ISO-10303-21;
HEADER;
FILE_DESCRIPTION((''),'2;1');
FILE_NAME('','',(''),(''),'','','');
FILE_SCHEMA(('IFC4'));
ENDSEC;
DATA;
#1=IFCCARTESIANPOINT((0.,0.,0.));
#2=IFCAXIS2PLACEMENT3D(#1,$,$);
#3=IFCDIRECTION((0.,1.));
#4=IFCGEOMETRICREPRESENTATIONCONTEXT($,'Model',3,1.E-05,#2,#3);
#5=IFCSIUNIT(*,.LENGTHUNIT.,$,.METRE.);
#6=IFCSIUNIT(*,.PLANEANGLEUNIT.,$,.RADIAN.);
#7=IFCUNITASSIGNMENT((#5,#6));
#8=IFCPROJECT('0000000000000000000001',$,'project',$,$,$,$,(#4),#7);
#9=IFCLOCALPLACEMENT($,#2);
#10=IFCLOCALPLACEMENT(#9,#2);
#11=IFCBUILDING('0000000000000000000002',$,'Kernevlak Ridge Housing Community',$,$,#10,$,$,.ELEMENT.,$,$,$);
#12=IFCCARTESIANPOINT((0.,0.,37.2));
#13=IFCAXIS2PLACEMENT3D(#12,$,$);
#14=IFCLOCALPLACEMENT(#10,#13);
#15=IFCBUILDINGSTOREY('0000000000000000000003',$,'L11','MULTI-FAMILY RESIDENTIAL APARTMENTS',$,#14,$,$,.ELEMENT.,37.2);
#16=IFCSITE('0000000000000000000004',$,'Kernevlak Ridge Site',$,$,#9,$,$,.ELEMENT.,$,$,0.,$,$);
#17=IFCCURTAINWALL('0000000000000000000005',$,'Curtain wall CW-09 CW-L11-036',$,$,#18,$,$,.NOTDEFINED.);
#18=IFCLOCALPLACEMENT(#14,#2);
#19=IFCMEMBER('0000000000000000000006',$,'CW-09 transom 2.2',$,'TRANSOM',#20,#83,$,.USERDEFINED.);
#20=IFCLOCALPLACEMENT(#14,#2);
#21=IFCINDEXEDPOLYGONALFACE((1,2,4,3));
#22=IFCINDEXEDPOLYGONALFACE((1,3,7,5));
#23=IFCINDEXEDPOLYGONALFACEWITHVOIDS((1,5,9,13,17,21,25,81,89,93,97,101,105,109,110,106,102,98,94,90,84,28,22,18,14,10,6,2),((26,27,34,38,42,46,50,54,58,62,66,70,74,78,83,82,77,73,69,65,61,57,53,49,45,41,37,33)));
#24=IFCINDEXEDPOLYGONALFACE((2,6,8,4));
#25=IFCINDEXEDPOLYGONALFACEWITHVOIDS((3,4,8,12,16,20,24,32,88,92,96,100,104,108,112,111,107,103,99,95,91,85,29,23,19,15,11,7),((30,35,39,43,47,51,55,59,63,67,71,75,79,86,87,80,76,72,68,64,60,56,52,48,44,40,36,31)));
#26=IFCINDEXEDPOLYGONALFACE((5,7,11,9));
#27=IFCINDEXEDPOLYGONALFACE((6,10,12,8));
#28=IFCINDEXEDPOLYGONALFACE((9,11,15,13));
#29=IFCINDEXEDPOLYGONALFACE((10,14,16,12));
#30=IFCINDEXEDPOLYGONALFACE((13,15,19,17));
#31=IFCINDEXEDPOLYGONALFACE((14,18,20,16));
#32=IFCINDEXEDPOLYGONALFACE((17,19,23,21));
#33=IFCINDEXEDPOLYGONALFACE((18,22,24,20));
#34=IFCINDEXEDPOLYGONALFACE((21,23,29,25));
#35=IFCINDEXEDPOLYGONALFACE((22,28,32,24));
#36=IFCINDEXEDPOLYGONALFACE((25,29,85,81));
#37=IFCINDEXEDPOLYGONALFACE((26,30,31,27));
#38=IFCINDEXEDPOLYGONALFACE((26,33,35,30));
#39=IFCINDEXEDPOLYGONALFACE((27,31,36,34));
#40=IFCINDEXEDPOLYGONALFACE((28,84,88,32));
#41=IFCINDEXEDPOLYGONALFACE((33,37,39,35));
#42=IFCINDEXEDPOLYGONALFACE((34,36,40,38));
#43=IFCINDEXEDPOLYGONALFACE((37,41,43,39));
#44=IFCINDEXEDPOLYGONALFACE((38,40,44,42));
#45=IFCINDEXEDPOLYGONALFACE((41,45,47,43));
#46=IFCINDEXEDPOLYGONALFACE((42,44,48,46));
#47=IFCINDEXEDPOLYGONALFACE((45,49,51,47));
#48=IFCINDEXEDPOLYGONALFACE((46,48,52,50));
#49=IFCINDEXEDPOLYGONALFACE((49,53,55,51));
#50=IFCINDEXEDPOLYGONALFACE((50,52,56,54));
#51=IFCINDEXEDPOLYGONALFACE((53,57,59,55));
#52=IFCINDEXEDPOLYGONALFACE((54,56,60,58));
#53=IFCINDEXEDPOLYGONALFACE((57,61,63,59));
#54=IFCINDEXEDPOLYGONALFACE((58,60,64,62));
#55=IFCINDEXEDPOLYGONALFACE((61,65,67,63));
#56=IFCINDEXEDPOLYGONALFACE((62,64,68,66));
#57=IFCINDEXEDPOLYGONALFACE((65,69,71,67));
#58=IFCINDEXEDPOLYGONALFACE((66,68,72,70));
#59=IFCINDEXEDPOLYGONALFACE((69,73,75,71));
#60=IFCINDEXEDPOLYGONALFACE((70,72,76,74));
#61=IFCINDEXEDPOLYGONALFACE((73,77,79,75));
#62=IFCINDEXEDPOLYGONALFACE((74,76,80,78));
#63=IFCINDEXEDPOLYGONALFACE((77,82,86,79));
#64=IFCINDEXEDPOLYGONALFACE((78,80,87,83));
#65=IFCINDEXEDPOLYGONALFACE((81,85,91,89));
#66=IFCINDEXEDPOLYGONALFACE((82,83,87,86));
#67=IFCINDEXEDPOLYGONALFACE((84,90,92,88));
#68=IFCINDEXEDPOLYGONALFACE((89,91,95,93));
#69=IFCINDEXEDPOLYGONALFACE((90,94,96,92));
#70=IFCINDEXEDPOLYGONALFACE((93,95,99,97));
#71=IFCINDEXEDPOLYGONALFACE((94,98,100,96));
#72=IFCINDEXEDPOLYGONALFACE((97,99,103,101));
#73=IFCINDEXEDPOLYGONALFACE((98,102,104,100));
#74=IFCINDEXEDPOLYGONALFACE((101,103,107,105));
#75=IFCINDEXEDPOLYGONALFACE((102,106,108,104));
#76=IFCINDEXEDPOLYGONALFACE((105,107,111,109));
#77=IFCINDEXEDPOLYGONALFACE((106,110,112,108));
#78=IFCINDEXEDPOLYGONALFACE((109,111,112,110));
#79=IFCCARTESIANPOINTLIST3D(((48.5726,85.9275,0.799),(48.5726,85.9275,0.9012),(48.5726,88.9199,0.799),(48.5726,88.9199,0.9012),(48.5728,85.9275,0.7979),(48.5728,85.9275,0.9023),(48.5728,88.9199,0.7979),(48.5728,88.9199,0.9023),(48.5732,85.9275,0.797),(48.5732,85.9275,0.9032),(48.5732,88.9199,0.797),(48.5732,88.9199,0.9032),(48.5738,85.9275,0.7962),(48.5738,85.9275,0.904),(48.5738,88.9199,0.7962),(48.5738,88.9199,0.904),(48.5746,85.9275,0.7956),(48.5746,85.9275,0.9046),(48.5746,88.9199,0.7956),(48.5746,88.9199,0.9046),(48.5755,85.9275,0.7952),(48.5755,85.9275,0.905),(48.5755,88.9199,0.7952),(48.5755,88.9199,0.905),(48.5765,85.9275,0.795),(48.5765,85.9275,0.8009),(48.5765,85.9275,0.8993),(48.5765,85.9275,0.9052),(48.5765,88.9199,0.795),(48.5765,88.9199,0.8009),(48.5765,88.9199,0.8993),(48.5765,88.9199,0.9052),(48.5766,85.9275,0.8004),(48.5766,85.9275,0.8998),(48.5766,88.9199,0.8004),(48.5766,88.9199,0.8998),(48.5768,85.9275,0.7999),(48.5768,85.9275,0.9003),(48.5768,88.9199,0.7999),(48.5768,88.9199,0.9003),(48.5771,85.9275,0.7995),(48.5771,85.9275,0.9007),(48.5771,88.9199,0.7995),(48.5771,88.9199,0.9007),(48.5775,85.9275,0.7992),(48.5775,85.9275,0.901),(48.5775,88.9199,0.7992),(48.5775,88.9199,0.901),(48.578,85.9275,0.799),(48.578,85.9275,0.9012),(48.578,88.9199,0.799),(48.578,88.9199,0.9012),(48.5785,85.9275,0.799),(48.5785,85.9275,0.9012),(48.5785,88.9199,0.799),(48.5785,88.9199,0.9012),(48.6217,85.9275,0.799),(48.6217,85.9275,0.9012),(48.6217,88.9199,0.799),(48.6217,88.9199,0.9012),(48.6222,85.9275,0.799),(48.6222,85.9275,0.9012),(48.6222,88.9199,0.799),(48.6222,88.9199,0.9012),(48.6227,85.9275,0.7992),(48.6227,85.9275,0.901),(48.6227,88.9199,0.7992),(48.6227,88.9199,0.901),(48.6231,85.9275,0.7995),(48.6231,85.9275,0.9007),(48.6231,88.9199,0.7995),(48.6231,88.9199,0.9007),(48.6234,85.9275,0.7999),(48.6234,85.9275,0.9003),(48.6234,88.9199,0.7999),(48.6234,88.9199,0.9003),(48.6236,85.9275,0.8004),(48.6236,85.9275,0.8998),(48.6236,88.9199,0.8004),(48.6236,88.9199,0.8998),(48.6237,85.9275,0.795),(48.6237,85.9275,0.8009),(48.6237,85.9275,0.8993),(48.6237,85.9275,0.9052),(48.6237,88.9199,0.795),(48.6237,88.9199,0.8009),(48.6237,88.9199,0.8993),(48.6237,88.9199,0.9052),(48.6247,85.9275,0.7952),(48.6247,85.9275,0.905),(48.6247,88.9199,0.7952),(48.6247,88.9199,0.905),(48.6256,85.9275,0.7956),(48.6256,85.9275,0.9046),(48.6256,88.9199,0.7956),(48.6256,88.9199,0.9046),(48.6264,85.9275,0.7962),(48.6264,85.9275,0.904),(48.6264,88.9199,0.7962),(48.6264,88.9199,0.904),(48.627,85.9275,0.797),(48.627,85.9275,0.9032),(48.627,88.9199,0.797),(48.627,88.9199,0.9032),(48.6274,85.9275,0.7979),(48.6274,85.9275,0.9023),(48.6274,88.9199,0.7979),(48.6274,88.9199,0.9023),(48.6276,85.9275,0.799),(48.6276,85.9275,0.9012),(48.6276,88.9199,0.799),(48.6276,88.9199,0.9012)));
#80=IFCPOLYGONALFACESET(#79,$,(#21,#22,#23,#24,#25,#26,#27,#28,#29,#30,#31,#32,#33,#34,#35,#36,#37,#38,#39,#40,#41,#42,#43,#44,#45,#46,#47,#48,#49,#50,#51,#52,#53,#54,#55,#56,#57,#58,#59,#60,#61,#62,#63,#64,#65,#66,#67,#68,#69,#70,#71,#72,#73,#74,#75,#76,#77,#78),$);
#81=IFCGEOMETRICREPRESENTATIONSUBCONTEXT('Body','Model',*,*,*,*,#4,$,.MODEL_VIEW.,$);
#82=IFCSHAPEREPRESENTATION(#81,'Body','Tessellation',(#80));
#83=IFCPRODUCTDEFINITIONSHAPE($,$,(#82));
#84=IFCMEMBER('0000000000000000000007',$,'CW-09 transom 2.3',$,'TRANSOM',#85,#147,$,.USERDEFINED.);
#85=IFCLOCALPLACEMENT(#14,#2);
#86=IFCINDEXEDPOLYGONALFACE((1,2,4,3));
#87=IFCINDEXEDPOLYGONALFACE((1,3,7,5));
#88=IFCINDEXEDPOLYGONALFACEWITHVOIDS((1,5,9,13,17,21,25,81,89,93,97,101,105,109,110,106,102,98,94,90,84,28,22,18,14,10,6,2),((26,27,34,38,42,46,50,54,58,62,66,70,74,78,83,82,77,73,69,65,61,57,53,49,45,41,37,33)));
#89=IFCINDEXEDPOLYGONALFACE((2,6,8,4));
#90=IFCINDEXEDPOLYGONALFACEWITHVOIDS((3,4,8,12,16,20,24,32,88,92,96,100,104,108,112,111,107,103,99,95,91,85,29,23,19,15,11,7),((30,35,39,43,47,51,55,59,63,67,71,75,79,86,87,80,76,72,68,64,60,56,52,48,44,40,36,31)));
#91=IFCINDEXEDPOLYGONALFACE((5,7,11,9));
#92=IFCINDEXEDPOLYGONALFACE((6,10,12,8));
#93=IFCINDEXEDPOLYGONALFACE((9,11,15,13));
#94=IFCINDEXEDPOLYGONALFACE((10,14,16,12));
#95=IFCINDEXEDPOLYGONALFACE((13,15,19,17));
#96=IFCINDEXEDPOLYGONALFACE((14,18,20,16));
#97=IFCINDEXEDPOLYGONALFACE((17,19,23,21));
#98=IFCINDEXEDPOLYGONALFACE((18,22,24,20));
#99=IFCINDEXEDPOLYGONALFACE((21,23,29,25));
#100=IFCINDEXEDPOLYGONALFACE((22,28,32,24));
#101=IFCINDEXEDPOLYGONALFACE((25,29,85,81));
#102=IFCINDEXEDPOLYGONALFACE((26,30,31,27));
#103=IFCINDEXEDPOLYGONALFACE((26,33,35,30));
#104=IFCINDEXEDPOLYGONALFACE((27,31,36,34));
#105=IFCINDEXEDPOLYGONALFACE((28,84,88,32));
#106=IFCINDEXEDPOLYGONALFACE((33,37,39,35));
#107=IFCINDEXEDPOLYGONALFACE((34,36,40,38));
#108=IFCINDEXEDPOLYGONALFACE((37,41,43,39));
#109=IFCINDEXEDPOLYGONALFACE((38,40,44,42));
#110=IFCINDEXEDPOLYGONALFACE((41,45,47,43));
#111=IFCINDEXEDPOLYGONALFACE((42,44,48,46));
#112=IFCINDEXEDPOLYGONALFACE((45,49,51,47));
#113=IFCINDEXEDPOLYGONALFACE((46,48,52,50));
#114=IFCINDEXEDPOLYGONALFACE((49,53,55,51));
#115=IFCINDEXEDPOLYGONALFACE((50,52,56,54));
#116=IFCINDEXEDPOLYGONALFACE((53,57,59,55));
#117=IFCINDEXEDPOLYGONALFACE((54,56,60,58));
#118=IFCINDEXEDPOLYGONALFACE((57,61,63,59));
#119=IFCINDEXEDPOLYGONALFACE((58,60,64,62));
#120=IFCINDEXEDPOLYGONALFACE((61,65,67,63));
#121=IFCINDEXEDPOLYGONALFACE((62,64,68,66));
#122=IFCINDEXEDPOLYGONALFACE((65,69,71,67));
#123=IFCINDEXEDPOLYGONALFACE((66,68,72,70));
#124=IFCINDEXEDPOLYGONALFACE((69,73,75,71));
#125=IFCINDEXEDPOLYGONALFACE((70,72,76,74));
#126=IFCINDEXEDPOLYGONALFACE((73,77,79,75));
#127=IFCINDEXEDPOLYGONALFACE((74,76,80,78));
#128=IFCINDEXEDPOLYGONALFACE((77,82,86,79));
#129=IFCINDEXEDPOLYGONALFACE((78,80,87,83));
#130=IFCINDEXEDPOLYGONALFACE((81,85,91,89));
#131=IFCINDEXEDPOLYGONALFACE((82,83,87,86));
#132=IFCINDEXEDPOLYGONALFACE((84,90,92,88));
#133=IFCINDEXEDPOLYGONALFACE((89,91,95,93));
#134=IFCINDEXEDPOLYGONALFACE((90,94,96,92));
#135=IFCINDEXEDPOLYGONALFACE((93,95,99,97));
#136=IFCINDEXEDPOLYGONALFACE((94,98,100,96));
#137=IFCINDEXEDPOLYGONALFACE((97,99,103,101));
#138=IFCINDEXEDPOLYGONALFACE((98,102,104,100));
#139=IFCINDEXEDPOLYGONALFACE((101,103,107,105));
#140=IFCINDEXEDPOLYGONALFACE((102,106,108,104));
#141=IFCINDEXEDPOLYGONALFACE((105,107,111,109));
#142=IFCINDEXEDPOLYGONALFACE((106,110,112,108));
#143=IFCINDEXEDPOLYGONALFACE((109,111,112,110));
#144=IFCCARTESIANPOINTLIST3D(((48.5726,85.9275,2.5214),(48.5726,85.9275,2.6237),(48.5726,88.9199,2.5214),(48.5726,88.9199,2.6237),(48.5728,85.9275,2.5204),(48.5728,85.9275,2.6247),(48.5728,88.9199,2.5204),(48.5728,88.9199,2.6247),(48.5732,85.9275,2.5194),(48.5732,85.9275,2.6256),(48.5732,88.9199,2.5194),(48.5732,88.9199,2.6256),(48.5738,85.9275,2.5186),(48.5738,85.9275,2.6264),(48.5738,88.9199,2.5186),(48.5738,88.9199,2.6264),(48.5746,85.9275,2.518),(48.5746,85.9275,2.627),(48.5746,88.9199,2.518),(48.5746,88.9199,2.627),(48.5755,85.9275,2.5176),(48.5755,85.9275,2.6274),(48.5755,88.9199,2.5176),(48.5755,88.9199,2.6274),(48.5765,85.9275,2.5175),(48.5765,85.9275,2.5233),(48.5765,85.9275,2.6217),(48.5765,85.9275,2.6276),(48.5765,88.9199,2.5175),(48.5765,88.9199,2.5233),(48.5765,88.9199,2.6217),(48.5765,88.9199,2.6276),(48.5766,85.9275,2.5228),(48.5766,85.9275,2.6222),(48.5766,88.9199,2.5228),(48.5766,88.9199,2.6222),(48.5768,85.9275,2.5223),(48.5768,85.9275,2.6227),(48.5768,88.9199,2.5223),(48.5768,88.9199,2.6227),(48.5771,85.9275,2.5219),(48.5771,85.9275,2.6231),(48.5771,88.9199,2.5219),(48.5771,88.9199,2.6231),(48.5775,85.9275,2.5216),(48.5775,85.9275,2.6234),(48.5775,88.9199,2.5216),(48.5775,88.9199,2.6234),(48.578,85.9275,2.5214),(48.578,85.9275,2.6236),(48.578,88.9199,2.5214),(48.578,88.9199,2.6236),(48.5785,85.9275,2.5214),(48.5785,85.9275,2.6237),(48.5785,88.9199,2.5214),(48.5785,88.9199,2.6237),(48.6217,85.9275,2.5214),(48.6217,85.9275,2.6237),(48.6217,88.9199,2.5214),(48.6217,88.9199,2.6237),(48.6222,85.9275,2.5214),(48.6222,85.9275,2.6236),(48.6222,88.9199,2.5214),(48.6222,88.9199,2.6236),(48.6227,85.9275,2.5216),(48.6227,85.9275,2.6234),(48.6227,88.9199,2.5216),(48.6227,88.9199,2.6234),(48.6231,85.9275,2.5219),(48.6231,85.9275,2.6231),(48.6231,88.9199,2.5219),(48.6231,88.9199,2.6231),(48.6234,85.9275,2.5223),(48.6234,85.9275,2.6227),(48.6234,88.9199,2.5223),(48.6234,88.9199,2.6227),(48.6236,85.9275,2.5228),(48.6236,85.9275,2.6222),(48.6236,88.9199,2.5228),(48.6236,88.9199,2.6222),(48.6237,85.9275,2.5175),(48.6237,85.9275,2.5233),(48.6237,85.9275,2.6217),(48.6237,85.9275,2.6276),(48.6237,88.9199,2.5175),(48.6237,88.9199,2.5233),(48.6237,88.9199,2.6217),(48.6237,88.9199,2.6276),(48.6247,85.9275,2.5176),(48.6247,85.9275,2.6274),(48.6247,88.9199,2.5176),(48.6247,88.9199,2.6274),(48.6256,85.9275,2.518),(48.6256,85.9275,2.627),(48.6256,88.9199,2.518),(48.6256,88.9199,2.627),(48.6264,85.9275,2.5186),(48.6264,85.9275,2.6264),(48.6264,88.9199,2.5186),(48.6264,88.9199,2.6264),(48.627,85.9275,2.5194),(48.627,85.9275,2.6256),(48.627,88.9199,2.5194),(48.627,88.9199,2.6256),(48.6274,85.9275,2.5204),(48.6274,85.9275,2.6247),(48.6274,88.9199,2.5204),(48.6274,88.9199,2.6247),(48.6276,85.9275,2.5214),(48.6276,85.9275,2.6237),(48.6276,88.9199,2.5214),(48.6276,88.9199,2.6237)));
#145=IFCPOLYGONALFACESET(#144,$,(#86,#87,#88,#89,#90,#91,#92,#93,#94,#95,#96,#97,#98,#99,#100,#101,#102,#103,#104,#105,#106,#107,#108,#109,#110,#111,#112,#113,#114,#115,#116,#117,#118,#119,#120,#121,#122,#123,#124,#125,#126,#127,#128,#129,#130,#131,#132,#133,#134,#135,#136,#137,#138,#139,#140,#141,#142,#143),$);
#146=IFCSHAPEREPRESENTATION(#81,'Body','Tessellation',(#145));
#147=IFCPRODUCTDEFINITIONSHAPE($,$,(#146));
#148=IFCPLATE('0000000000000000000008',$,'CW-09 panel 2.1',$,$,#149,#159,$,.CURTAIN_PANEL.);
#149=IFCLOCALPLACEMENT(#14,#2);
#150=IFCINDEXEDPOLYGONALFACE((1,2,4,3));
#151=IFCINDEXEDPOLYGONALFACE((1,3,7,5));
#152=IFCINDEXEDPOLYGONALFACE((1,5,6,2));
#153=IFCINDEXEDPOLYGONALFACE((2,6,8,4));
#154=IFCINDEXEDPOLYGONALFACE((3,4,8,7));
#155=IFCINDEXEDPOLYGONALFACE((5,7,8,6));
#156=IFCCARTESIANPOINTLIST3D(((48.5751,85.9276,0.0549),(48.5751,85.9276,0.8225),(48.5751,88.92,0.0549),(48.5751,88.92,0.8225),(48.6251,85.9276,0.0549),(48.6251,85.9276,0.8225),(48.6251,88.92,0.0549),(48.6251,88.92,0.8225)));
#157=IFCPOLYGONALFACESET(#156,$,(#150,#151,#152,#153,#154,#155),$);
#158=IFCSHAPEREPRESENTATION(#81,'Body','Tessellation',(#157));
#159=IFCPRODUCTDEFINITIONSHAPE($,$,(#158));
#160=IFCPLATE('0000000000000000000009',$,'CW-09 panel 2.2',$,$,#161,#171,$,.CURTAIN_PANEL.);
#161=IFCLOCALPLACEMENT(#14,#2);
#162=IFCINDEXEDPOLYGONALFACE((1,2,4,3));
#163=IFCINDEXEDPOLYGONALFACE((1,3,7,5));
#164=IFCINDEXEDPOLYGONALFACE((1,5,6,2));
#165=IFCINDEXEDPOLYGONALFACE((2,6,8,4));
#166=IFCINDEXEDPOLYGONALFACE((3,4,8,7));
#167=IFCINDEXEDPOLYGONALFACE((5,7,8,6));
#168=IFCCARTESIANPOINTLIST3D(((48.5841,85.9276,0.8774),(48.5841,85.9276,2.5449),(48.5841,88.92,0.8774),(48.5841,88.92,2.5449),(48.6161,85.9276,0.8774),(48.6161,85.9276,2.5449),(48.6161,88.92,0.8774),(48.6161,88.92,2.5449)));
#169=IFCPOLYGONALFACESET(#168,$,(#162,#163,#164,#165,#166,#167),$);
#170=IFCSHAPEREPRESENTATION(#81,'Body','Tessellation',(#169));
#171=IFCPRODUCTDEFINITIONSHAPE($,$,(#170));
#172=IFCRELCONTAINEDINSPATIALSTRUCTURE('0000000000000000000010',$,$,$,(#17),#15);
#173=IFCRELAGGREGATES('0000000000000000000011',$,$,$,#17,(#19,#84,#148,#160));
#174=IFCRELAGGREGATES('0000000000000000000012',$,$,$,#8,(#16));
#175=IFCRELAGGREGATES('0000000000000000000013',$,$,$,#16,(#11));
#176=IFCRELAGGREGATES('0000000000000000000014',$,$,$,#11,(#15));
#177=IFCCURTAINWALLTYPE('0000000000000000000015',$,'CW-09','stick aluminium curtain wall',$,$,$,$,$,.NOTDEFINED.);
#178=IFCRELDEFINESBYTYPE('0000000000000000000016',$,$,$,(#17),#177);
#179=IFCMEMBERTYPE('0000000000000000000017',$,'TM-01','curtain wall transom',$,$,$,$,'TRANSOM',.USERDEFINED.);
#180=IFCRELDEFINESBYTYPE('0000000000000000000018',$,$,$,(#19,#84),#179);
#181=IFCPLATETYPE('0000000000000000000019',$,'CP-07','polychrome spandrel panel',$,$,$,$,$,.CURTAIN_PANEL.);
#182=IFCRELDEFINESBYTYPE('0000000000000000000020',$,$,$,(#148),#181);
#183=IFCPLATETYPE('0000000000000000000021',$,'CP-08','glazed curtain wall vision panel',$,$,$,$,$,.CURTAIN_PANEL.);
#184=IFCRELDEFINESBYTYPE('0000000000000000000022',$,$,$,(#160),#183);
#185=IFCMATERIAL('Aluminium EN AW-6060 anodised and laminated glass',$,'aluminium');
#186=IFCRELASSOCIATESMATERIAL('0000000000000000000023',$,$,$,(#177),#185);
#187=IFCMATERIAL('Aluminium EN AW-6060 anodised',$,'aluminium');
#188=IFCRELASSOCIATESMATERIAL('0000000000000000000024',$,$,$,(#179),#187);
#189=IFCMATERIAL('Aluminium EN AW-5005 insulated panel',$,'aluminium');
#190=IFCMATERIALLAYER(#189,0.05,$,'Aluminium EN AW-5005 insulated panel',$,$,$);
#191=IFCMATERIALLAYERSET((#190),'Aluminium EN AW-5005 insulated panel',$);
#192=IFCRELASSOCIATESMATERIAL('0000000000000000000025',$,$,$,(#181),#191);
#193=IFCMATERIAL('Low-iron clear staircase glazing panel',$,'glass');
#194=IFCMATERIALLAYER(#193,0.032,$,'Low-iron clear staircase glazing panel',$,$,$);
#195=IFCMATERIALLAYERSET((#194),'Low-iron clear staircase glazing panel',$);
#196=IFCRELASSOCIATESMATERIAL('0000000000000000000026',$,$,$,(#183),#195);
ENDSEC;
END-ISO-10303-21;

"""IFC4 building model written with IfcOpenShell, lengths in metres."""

from ifc_helpers import new_model, si_unit, direction, frame, origin, origin_2d, place, context, subcontext, project, spatial, rectangle, hollow_rectangle, extrude, material, layer, layer_set, material_profile, profile_set, type_object, element, aggregate, save


model = new_model("IFC4")

# Units and contexts
model_context = context("Model", 3, precision=1e-05, world=origin(), true_north=direction((0.0, 1.0)))
body_context = subcontext(model_context, "Body", "Model", "MODEL_VIEW")
ifc_project = project(units=[si_unit("LENGTHUNIT", "METRE"), si_unit("PLANEANGLEUNIT", "RADIAN")], contexts=[model_context])

# Site, building, storey
site_placement = place(None, origin())
site = spatial("IfcSite", under=ifc_project, at=site_placement, Name="Kernevlak Ridge Site", CompositionType="ELEMENT", RefElevation=0.0)
building_placement = place(site_placement, origin())
building = spatial("IfcBuilding", under=site, at=building_placement, Name="Kernevlak Ridge Housing Community", CompositionType="ELEMENT")
storey_placement = place(building_placement, frame((0.0, 0.0, 37.2)))
storey = spatial("IfcBuildingStorey", under=building, at=storey_placement, Name="L11", Description="MULTI-FAMILY RESIDENTIAL APARTMENTS", CompositionType="ELEMENT", Elevation=37.2)

# Curtain wall
ifc_material_1 = material(Name="Aluminium EN AW-6060 anodised and laminated glass", Category="aluminium")
curtain_wall_type = type_object("IfcCurtainWallType", Name="CW-09", Description="stick aluminium curtain wall", PredefinedType="NOTDEFINED", material=ifc_material_1)
curtain_wall_placement = place(storey_placement, origin())
curtain_wall = element("IfcCurtainWall", 1, at=curtain_wall_placement, inside=storey, type_object=curtain_wall_type, Name="Curtain wall CW-09 CW-L11-036", PredefinedType="NOTDEFINED")
ifc_material_2 = material(Name="Aluminium EN AW-6060 anodised", Category="aluminium")

# Members
ifc_material_profile_1 = material_profile(ifc_material_2, hollow_rectangle(XDim=0.0549, YDim=0.1101, WallThickness=0.0039, InnerFilletRadius=0.002, OuterFilletRadius=0.0039, at=origin_2d()), Name="ALU 55x110x4")
ifc_profile_set_1 = profile_set([ifc_material_profile_1], Name="Aluminium EN AW-6060 anodised")
member_type_1 = type_object("IfcMemberType", Name="TM-01", Description="curtain wall transom", ElementType="TRANSOM", PredefinedType="USERDEFINED", material=ifc_profile_set_1)
member_1_placement = place(storey_placement, frame((48.6001, 85.9275, 0.8501), z_axis=(0.0, 1.0, 0.0), x_axis=(-1.0, 0.0, 0.0)))
member_1 = element("IfcMember", 2, at=member_1_placement, type_object=member_type_1, Name="CW-09 transom 2.2", ObjectType="TRANSOM", PredefinedType="USERDEFINED", context=body_context, shape_type="SweptSolid", body=[
    extrude(hollow_rectangle(XDim=0.0549, YDim=0.1101, WallThickness=0.0039, InnerFilletRadius=0.002, OuterFilletRadius=0.0039, at=origin_2d()), origin(), (0.0, 0.0, 1.0), 2.9924),
])
member_2_placement = place(storey_placement, frame((48.6001, 85.9275, 2.5725), z_axis=(0.0, 1.0, 0.0), x_axis=(-1.0, 0.0, 0.0)))
member_2 = element("IfcMember", 3, at=member_2_placement, type_object=member_type_1, Name="CW-09 transom 2.3", ObjectType="TRANSOM", PredefinedType="USERDEFINED", context=body_context, shape_type="SweptSolid", body=[
    extrude(hollow_rectangle(XDim=0.0549, YDim=0.1101, WallThickness=0.0039, InnerFilletRadius=0.002, OuterFilletRadius=0.0039, at=origin_2d()), origin(), (0.0, 0.0, 1.0), 2.9924),
])

# Plates
ifc_material_3 = material(Name="Aluminium EN AW-5005 insulated panel", Category="aluminium")
ifc_layer_1 = layer(ifc_material_3, 0.05, Name="Aluminium EN AW-5005 insulated panel")
ifc_layer_set_1 = layer_set([ifc_layer_1], Name="Aluminium EN AW-5005 insulated panel")
plate_type_1 = type_object("IfcPlateType", Name="CP-07", Description="polychrome spandrel panel", PredefinedType="CURTAIN_PANEL", material=ifc_layer_set_1)
plate_1_placement = place(storey_placement, frame((48.6001, 87.4238, 0.0549), z_axis=(0.0, 0.0, 1.0), x_axis=(0.0, 1.0, 0.0)))
plate_1 = element("IfcPlate", 4, at=plate_1_placement, type_object=plate_type_1, Name="CW-09 panel 2.1", PredefinedType="CURTAIN_PANEL", context=body_context, shape_type="SweptSolid", body=[
    extrude(rectangle(XDim=2.9924, YDim=0.05, at=origin_2d()), origin(), (0.0, 0.0, 1.0), 0.7676),
])
ifc_material_4 = material(Name="Low-iron clear staircase glazing panel", Category="glass")
ifc_layer_2 = layer(ifc_material_4, 0.032, Name="Low-iron clear staircase glazing panel")
ifc_layer_set_2 = layer_set([ifc_layer_2], Name="Low-iron clear staircase glazing panel")
plate_type_2 = type_object("IfcPlateType", Name="CP-08", Description="glazed curtain wall vision panel", PredefinedType="CURTAIN_PANEL", material=ifc_layer_set_2)
plate_2_placement = place(storey_placement, frame((48.6001, 87.4238, 0.8774), z_axis=(0.0, 0.0, 1.0), x_axis=(0.0, 1.0, 0.0)))
plate_2 = element("IfcPlate", 5, at=plate_2_placement, type_object=plate_type_2, Name="CW-09 panel 2.2", PredefinedType="CURTAIN_PANEL", context=body_context, shape_type="SweptSolid", body=[
    extrude(rectangle(XDim=2.9924, YDim=0.032, at=origin_2d()), origin(), (0.0, 0.0, 1.0), 1.6675),
])
aggregate(curtain_wall, [member_1, member_2, plate_1, plate_2])

save(model, "model.ifc")
